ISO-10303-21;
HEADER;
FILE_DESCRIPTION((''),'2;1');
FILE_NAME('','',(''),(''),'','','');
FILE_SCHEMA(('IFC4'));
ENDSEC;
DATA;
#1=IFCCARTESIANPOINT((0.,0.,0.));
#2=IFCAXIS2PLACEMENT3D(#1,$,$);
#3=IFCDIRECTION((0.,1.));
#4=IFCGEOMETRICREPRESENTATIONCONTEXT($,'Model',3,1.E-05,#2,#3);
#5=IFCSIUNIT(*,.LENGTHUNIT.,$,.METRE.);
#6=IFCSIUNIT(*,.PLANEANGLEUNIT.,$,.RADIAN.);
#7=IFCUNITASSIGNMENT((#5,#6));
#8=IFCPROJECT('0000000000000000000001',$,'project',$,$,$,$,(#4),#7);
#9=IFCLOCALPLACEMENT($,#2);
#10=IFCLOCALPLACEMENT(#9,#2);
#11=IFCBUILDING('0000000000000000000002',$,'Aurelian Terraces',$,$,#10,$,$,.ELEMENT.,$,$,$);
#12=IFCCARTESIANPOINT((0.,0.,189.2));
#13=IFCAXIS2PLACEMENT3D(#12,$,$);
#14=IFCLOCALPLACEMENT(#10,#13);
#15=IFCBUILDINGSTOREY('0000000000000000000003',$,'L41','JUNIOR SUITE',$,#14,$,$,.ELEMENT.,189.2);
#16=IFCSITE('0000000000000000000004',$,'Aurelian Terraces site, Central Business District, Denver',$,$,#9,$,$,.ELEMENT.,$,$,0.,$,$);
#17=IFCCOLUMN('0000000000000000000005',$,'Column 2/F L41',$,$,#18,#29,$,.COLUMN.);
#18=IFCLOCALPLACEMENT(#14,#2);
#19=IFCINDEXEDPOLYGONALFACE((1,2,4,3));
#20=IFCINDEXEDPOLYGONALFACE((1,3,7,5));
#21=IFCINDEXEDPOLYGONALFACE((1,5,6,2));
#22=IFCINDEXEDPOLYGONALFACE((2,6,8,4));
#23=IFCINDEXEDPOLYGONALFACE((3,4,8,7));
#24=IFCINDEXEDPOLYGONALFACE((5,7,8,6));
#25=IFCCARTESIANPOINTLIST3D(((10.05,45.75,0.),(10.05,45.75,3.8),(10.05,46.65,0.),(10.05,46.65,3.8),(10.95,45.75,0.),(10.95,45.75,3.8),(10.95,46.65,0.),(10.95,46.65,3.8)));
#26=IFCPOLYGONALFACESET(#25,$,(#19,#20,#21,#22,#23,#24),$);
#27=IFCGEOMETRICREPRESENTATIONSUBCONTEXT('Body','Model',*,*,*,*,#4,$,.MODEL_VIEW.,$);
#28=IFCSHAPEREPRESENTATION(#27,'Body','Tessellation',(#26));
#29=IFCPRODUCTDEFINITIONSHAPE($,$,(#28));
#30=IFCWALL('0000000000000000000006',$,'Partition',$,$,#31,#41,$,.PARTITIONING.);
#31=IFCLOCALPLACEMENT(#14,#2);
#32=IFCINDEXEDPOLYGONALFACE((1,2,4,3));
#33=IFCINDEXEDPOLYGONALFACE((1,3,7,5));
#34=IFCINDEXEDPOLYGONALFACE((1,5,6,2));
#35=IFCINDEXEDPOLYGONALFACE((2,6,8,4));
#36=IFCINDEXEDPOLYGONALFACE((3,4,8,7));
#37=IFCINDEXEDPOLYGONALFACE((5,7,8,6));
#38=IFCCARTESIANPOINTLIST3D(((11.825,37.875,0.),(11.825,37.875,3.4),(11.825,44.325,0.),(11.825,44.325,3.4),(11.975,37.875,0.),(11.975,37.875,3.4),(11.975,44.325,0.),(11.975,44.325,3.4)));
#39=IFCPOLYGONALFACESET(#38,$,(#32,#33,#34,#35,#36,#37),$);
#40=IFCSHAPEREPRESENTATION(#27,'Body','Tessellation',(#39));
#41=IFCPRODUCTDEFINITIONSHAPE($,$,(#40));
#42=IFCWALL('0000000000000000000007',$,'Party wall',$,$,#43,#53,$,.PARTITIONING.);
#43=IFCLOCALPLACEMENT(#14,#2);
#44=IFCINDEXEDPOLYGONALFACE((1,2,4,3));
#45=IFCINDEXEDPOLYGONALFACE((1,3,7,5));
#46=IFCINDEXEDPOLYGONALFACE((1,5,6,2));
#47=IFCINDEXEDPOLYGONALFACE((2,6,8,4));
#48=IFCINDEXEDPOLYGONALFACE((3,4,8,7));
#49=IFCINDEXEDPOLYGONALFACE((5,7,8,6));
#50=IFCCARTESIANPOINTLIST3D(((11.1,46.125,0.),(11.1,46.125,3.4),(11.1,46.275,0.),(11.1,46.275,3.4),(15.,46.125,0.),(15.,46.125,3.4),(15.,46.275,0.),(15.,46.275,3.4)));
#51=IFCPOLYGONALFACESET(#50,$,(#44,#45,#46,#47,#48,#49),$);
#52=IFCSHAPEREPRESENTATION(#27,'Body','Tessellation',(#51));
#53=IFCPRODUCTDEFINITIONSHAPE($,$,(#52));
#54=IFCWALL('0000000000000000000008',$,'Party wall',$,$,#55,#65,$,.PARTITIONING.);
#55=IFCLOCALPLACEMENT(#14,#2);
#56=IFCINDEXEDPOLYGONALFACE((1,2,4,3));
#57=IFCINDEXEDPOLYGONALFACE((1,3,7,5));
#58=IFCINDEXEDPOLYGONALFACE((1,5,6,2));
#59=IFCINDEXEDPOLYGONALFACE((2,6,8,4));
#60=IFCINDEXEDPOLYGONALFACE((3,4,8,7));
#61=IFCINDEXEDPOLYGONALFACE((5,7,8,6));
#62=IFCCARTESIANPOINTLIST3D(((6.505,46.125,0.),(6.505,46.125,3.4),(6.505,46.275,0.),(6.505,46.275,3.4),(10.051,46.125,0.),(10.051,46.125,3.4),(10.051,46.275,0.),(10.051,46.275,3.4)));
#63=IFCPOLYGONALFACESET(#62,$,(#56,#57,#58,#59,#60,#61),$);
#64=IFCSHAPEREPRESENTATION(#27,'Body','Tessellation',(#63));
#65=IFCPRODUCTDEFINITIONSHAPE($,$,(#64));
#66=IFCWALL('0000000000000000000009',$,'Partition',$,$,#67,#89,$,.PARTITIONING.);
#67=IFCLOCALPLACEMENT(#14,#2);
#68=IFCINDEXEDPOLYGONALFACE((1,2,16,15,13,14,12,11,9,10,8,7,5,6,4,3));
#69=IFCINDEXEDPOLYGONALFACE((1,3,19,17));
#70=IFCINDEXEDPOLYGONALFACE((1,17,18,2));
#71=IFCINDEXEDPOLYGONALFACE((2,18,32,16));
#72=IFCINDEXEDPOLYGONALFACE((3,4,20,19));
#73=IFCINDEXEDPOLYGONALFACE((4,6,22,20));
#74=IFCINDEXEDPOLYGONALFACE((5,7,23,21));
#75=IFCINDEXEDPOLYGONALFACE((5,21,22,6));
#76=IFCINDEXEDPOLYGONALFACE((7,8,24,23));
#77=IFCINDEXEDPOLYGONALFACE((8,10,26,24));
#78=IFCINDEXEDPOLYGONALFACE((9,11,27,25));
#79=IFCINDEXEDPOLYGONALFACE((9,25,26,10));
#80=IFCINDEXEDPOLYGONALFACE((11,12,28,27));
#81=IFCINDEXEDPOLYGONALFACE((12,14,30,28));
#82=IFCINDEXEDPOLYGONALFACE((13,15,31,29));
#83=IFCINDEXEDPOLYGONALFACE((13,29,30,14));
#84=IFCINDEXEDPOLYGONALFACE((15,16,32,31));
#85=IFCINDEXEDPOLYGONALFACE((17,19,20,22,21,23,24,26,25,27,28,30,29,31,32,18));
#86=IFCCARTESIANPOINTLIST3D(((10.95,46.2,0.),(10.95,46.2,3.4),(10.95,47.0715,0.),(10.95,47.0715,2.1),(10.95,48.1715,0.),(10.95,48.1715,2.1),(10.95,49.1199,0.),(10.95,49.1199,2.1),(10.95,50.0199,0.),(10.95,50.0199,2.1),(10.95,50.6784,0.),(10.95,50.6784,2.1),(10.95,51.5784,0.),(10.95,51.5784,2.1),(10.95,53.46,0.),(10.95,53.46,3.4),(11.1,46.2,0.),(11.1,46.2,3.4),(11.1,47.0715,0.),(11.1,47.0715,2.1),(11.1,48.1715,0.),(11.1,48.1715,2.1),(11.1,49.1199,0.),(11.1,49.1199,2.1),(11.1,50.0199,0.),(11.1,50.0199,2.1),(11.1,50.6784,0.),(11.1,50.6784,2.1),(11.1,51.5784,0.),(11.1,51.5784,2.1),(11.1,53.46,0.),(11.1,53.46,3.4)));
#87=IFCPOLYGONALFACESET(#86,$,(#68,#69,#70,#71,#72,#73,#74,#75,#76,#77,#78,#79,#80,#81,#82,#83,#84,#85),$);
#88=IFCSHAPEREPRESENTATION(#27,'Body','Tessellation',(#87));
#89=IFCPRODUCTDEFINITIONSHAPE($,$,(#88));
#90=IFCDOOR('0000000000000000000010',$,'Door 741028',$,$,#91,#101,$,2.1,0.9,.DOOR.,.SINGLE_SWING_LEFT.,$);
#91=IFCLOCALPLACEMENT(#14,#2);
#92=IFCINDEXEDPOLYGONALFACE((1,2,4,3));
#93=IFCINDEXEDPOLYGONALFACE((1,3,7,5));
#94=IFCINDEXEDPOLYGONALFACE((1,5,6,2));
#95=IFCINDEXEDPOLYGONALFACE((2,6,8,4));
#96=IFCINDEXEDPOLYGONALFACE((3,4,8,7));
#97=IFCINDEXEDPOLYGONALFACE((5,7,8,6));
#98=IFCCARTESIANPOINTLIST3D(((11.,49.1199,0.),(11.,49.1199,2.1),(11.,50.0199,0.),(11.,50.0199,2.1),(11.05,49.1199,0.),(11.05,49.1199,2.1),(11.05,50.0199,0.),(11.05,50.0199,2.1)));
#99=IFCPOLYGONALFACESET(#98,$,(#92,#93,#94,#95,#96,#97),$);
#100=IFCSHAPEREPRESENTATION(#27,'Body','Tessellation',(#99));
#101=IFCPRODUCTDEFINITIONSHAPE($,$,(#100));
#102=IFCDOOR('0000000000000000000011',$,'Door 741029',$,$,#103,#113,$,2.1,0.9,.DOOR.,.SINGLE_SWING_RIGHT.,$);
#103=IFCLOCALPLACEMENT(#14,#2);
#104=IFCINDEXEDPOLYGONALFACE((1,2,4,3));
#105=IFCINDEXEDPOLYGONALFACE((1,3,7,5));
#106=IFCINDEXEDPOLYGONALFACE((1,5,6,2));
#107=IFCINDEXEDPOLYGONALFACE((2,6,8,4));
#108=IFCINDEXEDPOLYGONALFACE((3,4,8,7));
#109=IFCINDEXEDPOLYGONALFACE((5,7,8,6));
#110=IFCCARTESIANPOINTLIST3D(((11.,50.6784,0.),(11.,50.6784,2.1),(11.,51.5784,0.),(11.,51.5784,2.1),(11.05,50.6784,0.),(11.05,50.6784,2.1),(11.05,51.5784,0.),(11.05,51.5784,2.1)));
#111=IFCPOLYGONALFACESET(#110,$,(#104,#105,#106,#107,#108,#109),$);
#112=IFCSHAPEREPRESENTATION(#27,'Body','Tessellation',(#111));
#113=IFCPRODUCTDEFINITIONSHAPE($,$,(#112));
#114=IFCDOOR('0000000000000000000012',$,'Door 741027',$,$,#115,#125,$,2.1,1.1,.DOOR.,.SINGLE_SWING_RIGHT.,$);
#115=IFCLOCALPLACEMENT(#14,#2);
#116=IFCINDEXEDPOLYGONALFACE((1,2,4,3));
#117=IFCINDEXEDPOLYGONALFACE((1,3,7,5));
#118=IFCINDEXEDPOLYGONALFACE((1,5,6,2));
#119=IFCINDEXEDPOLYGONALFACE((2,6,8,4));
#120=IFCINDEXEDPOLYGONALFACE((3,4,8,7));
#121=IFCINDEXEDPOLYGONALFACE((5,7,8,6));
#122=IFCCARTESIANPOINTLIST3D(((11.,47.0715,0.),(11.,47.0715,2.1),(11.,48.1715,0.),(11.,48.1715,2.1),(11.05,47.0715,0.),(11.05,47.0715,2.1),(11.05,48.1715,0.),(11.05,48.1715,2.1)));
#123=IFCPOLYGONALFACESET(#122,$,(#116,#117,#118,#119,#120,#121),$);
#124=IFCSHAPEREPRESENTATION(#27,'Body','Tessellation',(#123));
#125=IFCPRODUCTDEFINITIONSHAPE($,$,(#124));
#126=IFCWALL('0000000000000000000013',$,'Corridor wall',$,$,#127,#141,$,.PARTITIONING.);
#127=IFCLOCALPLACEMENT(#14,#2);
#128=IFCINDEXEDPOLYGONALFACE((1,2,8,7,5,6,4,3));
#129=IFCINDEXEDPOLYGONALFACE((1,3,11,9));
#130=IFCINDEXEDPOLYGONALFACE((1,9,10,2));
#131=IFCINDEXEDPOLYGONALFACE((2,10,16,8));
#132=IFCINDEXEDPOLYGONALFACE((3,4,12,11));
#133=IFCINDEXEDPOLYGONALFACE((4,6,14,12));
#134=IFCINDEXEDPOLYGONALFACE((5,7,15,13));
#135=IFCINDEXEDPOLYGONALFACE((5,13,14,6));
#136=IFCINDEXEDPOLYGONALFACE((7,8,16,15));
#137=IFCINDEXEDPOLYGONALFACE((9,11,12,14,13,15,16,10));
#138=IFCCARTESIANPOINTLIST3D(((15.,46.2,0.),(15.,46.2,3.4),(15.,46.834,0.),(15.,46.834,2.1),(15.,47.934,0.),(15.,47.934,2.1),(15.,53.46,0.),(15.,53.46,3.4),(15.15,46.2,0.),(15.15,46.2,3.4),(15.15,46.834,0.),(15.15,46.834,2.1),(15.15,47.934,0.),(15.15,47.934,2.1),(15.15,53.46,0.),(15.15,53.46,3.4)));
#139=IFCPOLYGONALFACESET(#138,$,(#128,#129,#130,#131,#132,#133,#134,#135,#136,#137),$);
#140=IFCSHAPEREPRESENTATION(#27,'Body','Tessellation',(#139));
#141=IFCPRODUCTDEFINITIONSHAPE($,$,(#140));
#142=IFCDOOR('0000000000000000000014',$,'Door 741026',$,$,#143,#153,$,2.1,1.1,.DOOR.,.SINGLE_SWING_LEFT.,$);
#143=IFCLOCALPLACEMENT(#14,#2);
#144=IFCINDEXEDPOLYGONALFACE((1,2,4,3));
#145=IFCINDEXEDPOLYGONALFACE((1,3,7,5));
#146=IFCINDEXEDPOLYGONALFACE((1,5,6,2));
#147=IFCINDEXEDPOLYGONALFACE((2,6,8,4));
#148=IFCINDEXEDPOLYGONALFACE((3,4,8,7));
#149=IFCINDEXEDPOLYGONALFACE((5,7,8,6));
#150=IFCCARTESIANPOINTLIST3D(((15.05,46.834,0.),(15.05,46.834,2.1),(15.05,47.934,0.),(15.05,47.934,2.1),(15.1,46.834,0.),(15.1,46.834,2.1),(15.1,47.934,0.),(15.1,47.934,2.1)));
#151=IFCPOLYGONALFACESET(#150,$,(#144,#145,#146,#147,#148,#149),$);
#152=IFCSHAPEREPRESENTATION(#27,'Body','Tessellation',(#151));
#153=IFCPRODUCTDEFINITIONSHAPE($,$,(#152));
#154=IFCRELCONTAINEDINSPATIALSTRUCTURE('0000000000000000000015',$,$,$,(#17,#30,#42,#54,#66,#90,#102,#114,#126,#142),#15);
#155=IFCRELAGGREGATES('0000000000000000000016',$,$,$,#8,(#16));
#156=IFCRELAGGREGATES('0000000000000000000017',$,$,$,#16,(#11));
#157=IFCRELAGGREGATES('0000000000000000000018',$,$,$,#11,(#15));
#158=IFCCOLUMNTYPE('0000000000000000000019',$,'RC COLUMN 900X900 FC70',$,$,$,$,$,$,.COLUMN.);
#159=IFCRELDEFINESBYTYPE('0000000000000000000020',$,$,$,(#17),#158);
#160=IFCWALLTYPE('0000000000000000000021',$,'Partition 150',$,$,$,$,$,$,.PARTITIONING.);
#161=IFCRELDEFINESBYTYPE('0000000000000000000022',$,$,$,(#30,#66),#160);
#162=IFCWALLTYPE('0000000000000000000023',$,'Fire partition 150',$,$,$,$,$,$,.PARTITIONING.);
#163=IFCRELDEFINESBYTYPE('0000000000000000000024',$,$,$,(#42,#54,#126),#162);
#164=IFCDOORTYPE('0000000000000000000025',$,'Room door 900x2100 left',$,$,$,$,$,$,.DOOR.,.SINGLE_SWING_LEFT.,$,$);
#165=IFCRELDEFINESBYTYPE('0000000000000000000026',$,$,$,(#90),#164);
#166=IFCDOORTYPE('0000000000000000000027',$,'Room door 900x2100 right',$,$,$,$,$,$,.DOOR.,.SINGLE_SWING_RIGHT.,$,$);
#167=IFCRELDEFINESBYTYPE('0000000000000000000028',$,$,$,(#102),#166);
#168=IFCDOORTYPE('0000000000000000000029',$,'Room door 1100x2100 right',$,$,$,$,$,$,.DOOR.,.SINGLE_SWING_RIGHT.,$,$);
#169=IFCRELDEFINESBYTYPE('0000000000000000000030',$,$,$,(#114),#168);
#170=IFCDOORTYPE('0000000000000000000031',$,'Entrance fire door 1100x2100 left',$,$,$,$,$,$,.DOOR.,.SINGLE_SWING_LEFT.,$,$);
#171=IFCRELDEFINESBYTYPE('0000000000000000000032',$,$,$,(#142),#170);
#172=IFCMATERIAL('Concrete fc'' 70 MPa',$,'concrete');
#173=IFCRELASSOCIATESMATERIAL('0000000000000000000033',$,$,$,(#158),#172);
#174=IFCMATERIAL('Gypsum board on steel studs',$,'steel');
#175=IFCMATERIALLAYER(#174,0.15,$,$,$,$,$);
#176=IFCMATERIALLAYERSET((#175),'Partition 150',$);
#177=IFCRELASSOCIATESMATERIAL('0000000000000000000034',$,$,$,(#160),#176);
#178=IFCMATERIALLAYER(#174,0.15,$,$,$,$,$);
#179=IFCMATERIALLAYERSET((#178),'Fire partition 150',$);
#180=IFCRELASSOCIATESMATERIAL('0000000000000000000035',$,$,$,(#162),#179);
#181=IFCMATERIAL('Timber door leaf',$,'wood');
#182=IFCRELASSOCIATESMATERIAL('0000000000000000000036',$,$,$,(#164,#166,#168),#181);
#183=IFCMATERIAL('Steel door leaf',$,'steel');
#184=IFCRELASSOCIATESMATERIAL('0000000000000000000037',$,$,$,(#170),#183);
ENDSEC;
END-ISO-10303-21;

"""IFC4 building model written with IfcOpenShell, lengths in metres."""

from ifc_helpers import new_model, si_unit, direction, frame, frame_2d, origin, origin_2d, place, context, subcontext, project, spatial, rectangle, extrude, source, transform, mapped, material, layer, layer_set, material_profile, profile_set, type_object, element, fill, save


model = new_model("IFC4")

# Units and contexts
model_context = context("Model", 3, precision=1e-05, world=origin(), true_north=direction((0.0, 1.0)))
body_context = subcontext(model_context, "Body", "Model", "MODEL_VIEW")
ifc_project = project(units=[si_unit("LENGTHUNIT", "METRE"), si_unit("PLANEANGLEUNIT", "RADIAN")], contexts=[model_context])

# Site, building, storey
site_placement = place(None, origin())
site = spatial("IfcSite", under=ifc_project, at=site_placement, Name="Aurelian Terraces site, Central Business District, Denver", CompositionType="ELEMENT", RefElevation=0.0)
building_placement = place(site_placement, origin())
building = spatial("IfcBuilding", under=site, at=building_placement, Name="Aurelian Terraces", CompositionType="ELEMENT")
storey_placement = place(building_placement, frame((0.0, 0.0, 189.2)))
storey = spatial("IfcBuildingStorey", under=building, at=storey_placement, Name="L41", Description="JUNIOR SUITE", CompositionType="ELEMENT", Elevation=189.2)

# Column
ifc_material_1 = material(Name="Concrete fc' 70 MPa", Category="concrete")
ifc_material_profile = material_profile(ifc_material_1, rectangle(XDim=0.9, YDim=0.9, at=origin_2d()))
ifc_profile_set = profile_set([ifc_material_profile], Name="Concrete fc' 70 MPa")
column_type = type_object("IfcColumnType", Name="RC COLUMN 900X900 FC70", PredefinedType="COLUMN", material=ifc_profile_set)
shared_shape_1 = source(origin(), body_context, "Body", "SweptSolid", [
    extrude(rectangle(XDim=0.9, YDim=0.9, at=origin_2d()), origin(), (0.0, 0.0, 1.0), 3.8),
])
column_placement = place(storey_placement, frame((10.5, 46.2, 0.0), z_axis=(0.0, 0.0, 1.0), x_axis=(1.0, 0.0, 0.0)))
element("IfcColumn", 1, at=column_placement, inside=storey, type_object=column_type, Name="Column 2/F L41", PredefinedType="COLUMN", context=body_context, shape_type="MappedRepresentation", body=[
    mapped(shared_shape_1, transform((0.0, 0.0, 0.0), scale=1.0)),
])

# Walls
ifc_material_2 = material(Name="Gypsum board on steel studs", Category="steel")
ifc_layer_1 = layer(ifc_material_2, 0.15)
ifc_layer_set_1 = layer_set([ifc_layer_1], Name="Partition 150")
wall_type_1 = type_object("IfcWallType", Name="Partition 150", PredefinedType="PARTITIONING", material=ifc_layer_set_1)
shared_shape_2 = source(origin(), body_context, "Body", "SweptSolid", [
    extrude(rectangle(XDim=6.45, YDim=0.15, at=frame_2d((3.225, 0.0))), origin(), (0.0, 0.0, 1.0), 3.4),
])
wall_1_placement = place(storey_placement, frame((11.9, 44.325, 0.0), z_axis=(0.0, 0.0, 1.0), x_axis=(0.0, -1.0, 0.0)))
element("IfcWall", 2, at=wall_1_placement, inside=storey, type_object=wall_type_1, Name="Partition", PredefinedType="PARTITIONING", context=body_context, shape_type="MappedRepresentation", body=[
    mapped(shared_shape_2, transform((0.0, 0.0, 0.0), scale=1.0)),
])
ifc_layer_2 = layer(ifc_material_2, 0.15)
ifc_layer_set_2 = layer_set([ifc_layer_2], Name="Fire partition 150")
wall_type_2 = type_object("IfcWallType", Name="Fire partition 150", PredefinedType="PARTITIONING", material=ifc_layer_set_2)
shared_shape_3 = source(origin(), body_context, "Body", "SweptSolid", [
    extrude(rectangle(XDim=3.9, YDim=0.15, at=frame_2d((1.95, 0.0))), origin(), (0.0, 0.0, 1.0), 3.4),
])
wall_2_placement = place(storey_placement, frame((15.0, 46.2, 0.0), z_axis=(0.0, 0.0, 1.0), x_axis=(-1.0, 0.0, 0.0)))
element("IfcWall", 3, at=wall_2_placement, inside=storey, type_object=wall_type_2, Name="Party wall", PredefinedType="PARTITIONING", context=body_context, shape_type="MappedRepresentation", body=[
    mapped(shared_shape_3, transform((0.0, 0.0, 0.0), scale=1.0)),
])
shared_shape_4 = source(origin(), body_context, "Body", "SweptSolid", [
    extrude(rectangle(XDim=3.546, YDim=0.15, at=frame_2d((1.773, 0.0))), origin(), (0.0, 0.0, 1.0), 3.4),
])
wall_3_placement = place(storey_placement, frame((10.051, 46.2, 0.0), z_axis=(0.0, 0.0, 1.0), x_axis=(-1.0, 0.0, 0.0)))
element("IfcWall", 4, at=wall_3_placement, inside=storey, type_object=wall_type_2, Name="Party wall", PredefinedType="PARTITIONING", context=body_context, shape_type="MappedRepresentation", body=[
    mapped(shared_shape_4, transform((0.0, 0.0, 0.0), scale=1.0)),
])

# Wall, openings, doors
shared_shape_5 = source(origin(), body_context, "Body", "SweptSolid", [
    extrude(rectangle(XDim=7.26, YDim=0.15, at=frame_2d((3.63, 0.0))), origin(), (0.0, 0.0, 1.0), 3.4),
])
wall_4_placement = place(storey_placement, frame((11.025, 46.2, 0.0), z_axis=(0.0, 0.0, 1.0), x_axis=(0.0, 1.0, 0.0)))
wall_4 = element("IfcWall", 5, at=wall_4_placement, inside=storey, type_object=wall_type_1, Name="Partition", PredefinedType="PARTITIONING", context=body_context, shape_type="MappedRepresentation", body=[
    mapped(shared_shape_5, transform((0.0, 0.0, 0.0), scale=1.0)),
])
shared_shape_6 = source(origin(), body_context, "Body", "SweptSolid", [
    extrude(rectangle(XDim=1.1, YDim=2.1, at=frame_2d((0.55, 1.05))), frame((0.0, 0.085, 0.0), z_axis=(0.0, -1.0, 0.0), x_axis=(1.0, 0.0, 0.0)), (0.0, 0.0, 1.0), 0.17),
])
opening_1_placement = place(wall_4_placement, frame((0.8715, 0.0, 0.0)))
opening_1 = element("IfcOpeningElement", 6, at=opening_1_placement, cuts=wall_4, PredefinedType="OPENING", context=body_context, shape_type="MappedRepresentation", body=[
    mapped(shared_shape_6, transform((0.0, 0.0, 0.0), scale=1.0)),
])
shared_shape_7 = source(origin(), body_context, "Body", "SweptSolid", [
    extrude(rectangle(XDim=0.9, YDim=2.1, at=frame_2d((0.45, 1.05))), frame((0.0, 0.085, 0.0), z_axis=(0.0, -1.0, 0.0), x_axis=(1.0, 0.0, 0.0)), (0.0, 0.0, 1.0), 0.17),
])
opening_2_placement = place(wall_4_placement, frame((2.9199, 0.0, 0.0)))
opening_2 = element("IfcOpeningElement", 7, at=opening_2_placement, cuts=wall_4, PredefinedType="OPENING", context=body_context, shape_type="MappedRepresentation", body=[
    mapped(shared_shape_7, transform((0.0, 0.0, 0.0), scale=1.0)),
])
opening_3_placement = place(wall_4_placement, frame((4.4784, 0.0, 0.0)))
opening_3 = element("IfcOpeningElement", 8, at=opening_3_placement, cuts=wall_4, PredefinedType="OPENING", context=body_context, shape_type="MappedRepresentation", body=[
    mapped(shared_shape_7, transform((0.0, 0.0, 0.0), scale=1.0)),
])
ifc_material_3 = material(Name="Timber door leaf", Category="wood")
door_type_1 = type_object("IfcDoorType", Name="Room door 900x2100 left", OperationType="SINGLE_SWING_LEFT", PredefinedType="DOOR", material=ifc_material_3)
shared_shape_8 = source(origin(), body_context, "Body", "SweptSolid", [
    extrude(rectangle(XDim=0.9, YDim=2.1, at=frame_2d((0.45, 1.05))), frame((0.0, 0.025, 0.0), z_axis=(0.0, -1.0, 0.0), x_axis=(1.0, 0.0, 0.0)), (0.0, 0.0, 1.0), 0.05),
])
door_1_placement = place(opening_2_placement, origin())
door_1 = element("IfcDoor", 9, at=door_1_placement, inside=storey, type_object=door_type_1, Name="Door 741028", OperationType="SINGLE_SWING_LEFT", OverallHeight=2.1, OverallWidth=0.9, PredefinedType="DOOR", context=body_context, shape_type="MappedRepresentation", body=[
    mapped(shared_shape_8, transform((0.0, 0.0, 0.0), scale=1.0)),
])
fill(opening_2, door_1)
door_type_2 = type_object("IfcDoorType", Name="Room door 900x2100 right", OperationType="SINGLE_SWING_RIGHT", PredefinedType="DOOR", material=ifc_material_3)
door_2_placement = place(opening_3_placement, origin())
door_2 = element("IfcDoor", 10, at=door_2_placement, inside=storey, type_object=door_type_2, Name="Door 741029", OperationType="SINGLE_SWING_RIGHT", OverallHeight=2.1, OverallWidth=0.9, PredefinedType="DOOR", context=body_context, shape_type="MappedRepresentation", body=[
    mapped(shared_shape_8, transform((0.0, 0.0, 0.0), scale=1.0)),
])
fill(opening_3, door_2)
door_type_3 = type_object("IfcDoorType", Name="Room door 1100x2100 right", OperationType="SINGLE_SWING_RIGHT", PredefinedType="DOOR", material=ifc_material_3)
shared_shape_9 = source(origin(), body_context, "Body", "SweptSolid", [
    extrude(rectangle(XDim=1.1, YDim=2.1, at=frame_2d((0.55, 1.05))), frame((0.0, 0.025, 0.0), z_axis=(0.0, -1.0, 0.0), x_axis=(1.0, 0.0, 0.0)), (0.0, 0.0, 1.0), 0.05),
])
door_3_placement = place(opening_1_placement, origin())
door_3 = element("IfcDoor", 11, at=door_3_placement, inside=storey, type_object=door_type_3, Name="Door 741027", OperationType="SINGLE_SWING_RIGHT", OverallHeight=2.1, OverallWidth=1.1, PredefinedType="DOOR", context=body_context, shape_type="MappedRepresentation", body=[
    mapped(shared_shape_9, transform((0.0, 0.0, 0.0), scale=1.0)),
])
fill(opening_1, door_3)

# Wall, opening, door
wall_5_placement = place(storey_placement, frame((15.075, 46.2, 0.0), z_axis=(0.0, 0.0, 1.0), x_axis=(0.0, 1.0, 0.0)))
wall_5 = element("IfcWall", 12, at=wall_5_placement, inside=storey, type_object=wall_type_2, Name="Corridor wall", PredefinedType="PARTITIONING", context=body_context, shape_type="MappedRepresentation", body=[
    mapped(shared_shape_5, transform((0.0, 0.0, 0.0), scale=1.0)),
])
opening_4_placement = place(wall_5_placement, frame((0.634, 0.0, 0.0)))
opening_4 = element("IfcOpeningElement", 13, at=opening_4_placement, cuts=wall_5, PredefinedType="OPENING", context=body_context, shape_type="MappedRepresentation", body=[
    mapped(shared_shape_6, transform((0.0, 0.0, 0.0), scale=1.0)),
])
ifc_material_4 = material(Name="Steel door leaf", Category="steel")
door_type_4 = type_object("IfcDoorType", Name="Entrance fire door 1100x2100 left", OperationType="SINGLE_SWING_LEFT", PredefinedType="DOOR", material=ifc_material_4)
door_4_placement = place(opening_4_placement, origin())
door_4 = element("IfcDoor", 14, at=door_4_placement, inside=storey, type_object=door_type_4, Name="Door 741026", OperationType="SINGLE_SWING_LEFT", OverallHeight=2.1, OverallWidth=1.1, PredefinedType="DOOR", context=body_context, shape_type="MappedRepresentation", body=[
    mapped(shared_shape_9, transform((0.0, 0.0, 0.0), scale=1.0)),
])
fill(opening_4, door_4)

save(model, "model.ifc")
